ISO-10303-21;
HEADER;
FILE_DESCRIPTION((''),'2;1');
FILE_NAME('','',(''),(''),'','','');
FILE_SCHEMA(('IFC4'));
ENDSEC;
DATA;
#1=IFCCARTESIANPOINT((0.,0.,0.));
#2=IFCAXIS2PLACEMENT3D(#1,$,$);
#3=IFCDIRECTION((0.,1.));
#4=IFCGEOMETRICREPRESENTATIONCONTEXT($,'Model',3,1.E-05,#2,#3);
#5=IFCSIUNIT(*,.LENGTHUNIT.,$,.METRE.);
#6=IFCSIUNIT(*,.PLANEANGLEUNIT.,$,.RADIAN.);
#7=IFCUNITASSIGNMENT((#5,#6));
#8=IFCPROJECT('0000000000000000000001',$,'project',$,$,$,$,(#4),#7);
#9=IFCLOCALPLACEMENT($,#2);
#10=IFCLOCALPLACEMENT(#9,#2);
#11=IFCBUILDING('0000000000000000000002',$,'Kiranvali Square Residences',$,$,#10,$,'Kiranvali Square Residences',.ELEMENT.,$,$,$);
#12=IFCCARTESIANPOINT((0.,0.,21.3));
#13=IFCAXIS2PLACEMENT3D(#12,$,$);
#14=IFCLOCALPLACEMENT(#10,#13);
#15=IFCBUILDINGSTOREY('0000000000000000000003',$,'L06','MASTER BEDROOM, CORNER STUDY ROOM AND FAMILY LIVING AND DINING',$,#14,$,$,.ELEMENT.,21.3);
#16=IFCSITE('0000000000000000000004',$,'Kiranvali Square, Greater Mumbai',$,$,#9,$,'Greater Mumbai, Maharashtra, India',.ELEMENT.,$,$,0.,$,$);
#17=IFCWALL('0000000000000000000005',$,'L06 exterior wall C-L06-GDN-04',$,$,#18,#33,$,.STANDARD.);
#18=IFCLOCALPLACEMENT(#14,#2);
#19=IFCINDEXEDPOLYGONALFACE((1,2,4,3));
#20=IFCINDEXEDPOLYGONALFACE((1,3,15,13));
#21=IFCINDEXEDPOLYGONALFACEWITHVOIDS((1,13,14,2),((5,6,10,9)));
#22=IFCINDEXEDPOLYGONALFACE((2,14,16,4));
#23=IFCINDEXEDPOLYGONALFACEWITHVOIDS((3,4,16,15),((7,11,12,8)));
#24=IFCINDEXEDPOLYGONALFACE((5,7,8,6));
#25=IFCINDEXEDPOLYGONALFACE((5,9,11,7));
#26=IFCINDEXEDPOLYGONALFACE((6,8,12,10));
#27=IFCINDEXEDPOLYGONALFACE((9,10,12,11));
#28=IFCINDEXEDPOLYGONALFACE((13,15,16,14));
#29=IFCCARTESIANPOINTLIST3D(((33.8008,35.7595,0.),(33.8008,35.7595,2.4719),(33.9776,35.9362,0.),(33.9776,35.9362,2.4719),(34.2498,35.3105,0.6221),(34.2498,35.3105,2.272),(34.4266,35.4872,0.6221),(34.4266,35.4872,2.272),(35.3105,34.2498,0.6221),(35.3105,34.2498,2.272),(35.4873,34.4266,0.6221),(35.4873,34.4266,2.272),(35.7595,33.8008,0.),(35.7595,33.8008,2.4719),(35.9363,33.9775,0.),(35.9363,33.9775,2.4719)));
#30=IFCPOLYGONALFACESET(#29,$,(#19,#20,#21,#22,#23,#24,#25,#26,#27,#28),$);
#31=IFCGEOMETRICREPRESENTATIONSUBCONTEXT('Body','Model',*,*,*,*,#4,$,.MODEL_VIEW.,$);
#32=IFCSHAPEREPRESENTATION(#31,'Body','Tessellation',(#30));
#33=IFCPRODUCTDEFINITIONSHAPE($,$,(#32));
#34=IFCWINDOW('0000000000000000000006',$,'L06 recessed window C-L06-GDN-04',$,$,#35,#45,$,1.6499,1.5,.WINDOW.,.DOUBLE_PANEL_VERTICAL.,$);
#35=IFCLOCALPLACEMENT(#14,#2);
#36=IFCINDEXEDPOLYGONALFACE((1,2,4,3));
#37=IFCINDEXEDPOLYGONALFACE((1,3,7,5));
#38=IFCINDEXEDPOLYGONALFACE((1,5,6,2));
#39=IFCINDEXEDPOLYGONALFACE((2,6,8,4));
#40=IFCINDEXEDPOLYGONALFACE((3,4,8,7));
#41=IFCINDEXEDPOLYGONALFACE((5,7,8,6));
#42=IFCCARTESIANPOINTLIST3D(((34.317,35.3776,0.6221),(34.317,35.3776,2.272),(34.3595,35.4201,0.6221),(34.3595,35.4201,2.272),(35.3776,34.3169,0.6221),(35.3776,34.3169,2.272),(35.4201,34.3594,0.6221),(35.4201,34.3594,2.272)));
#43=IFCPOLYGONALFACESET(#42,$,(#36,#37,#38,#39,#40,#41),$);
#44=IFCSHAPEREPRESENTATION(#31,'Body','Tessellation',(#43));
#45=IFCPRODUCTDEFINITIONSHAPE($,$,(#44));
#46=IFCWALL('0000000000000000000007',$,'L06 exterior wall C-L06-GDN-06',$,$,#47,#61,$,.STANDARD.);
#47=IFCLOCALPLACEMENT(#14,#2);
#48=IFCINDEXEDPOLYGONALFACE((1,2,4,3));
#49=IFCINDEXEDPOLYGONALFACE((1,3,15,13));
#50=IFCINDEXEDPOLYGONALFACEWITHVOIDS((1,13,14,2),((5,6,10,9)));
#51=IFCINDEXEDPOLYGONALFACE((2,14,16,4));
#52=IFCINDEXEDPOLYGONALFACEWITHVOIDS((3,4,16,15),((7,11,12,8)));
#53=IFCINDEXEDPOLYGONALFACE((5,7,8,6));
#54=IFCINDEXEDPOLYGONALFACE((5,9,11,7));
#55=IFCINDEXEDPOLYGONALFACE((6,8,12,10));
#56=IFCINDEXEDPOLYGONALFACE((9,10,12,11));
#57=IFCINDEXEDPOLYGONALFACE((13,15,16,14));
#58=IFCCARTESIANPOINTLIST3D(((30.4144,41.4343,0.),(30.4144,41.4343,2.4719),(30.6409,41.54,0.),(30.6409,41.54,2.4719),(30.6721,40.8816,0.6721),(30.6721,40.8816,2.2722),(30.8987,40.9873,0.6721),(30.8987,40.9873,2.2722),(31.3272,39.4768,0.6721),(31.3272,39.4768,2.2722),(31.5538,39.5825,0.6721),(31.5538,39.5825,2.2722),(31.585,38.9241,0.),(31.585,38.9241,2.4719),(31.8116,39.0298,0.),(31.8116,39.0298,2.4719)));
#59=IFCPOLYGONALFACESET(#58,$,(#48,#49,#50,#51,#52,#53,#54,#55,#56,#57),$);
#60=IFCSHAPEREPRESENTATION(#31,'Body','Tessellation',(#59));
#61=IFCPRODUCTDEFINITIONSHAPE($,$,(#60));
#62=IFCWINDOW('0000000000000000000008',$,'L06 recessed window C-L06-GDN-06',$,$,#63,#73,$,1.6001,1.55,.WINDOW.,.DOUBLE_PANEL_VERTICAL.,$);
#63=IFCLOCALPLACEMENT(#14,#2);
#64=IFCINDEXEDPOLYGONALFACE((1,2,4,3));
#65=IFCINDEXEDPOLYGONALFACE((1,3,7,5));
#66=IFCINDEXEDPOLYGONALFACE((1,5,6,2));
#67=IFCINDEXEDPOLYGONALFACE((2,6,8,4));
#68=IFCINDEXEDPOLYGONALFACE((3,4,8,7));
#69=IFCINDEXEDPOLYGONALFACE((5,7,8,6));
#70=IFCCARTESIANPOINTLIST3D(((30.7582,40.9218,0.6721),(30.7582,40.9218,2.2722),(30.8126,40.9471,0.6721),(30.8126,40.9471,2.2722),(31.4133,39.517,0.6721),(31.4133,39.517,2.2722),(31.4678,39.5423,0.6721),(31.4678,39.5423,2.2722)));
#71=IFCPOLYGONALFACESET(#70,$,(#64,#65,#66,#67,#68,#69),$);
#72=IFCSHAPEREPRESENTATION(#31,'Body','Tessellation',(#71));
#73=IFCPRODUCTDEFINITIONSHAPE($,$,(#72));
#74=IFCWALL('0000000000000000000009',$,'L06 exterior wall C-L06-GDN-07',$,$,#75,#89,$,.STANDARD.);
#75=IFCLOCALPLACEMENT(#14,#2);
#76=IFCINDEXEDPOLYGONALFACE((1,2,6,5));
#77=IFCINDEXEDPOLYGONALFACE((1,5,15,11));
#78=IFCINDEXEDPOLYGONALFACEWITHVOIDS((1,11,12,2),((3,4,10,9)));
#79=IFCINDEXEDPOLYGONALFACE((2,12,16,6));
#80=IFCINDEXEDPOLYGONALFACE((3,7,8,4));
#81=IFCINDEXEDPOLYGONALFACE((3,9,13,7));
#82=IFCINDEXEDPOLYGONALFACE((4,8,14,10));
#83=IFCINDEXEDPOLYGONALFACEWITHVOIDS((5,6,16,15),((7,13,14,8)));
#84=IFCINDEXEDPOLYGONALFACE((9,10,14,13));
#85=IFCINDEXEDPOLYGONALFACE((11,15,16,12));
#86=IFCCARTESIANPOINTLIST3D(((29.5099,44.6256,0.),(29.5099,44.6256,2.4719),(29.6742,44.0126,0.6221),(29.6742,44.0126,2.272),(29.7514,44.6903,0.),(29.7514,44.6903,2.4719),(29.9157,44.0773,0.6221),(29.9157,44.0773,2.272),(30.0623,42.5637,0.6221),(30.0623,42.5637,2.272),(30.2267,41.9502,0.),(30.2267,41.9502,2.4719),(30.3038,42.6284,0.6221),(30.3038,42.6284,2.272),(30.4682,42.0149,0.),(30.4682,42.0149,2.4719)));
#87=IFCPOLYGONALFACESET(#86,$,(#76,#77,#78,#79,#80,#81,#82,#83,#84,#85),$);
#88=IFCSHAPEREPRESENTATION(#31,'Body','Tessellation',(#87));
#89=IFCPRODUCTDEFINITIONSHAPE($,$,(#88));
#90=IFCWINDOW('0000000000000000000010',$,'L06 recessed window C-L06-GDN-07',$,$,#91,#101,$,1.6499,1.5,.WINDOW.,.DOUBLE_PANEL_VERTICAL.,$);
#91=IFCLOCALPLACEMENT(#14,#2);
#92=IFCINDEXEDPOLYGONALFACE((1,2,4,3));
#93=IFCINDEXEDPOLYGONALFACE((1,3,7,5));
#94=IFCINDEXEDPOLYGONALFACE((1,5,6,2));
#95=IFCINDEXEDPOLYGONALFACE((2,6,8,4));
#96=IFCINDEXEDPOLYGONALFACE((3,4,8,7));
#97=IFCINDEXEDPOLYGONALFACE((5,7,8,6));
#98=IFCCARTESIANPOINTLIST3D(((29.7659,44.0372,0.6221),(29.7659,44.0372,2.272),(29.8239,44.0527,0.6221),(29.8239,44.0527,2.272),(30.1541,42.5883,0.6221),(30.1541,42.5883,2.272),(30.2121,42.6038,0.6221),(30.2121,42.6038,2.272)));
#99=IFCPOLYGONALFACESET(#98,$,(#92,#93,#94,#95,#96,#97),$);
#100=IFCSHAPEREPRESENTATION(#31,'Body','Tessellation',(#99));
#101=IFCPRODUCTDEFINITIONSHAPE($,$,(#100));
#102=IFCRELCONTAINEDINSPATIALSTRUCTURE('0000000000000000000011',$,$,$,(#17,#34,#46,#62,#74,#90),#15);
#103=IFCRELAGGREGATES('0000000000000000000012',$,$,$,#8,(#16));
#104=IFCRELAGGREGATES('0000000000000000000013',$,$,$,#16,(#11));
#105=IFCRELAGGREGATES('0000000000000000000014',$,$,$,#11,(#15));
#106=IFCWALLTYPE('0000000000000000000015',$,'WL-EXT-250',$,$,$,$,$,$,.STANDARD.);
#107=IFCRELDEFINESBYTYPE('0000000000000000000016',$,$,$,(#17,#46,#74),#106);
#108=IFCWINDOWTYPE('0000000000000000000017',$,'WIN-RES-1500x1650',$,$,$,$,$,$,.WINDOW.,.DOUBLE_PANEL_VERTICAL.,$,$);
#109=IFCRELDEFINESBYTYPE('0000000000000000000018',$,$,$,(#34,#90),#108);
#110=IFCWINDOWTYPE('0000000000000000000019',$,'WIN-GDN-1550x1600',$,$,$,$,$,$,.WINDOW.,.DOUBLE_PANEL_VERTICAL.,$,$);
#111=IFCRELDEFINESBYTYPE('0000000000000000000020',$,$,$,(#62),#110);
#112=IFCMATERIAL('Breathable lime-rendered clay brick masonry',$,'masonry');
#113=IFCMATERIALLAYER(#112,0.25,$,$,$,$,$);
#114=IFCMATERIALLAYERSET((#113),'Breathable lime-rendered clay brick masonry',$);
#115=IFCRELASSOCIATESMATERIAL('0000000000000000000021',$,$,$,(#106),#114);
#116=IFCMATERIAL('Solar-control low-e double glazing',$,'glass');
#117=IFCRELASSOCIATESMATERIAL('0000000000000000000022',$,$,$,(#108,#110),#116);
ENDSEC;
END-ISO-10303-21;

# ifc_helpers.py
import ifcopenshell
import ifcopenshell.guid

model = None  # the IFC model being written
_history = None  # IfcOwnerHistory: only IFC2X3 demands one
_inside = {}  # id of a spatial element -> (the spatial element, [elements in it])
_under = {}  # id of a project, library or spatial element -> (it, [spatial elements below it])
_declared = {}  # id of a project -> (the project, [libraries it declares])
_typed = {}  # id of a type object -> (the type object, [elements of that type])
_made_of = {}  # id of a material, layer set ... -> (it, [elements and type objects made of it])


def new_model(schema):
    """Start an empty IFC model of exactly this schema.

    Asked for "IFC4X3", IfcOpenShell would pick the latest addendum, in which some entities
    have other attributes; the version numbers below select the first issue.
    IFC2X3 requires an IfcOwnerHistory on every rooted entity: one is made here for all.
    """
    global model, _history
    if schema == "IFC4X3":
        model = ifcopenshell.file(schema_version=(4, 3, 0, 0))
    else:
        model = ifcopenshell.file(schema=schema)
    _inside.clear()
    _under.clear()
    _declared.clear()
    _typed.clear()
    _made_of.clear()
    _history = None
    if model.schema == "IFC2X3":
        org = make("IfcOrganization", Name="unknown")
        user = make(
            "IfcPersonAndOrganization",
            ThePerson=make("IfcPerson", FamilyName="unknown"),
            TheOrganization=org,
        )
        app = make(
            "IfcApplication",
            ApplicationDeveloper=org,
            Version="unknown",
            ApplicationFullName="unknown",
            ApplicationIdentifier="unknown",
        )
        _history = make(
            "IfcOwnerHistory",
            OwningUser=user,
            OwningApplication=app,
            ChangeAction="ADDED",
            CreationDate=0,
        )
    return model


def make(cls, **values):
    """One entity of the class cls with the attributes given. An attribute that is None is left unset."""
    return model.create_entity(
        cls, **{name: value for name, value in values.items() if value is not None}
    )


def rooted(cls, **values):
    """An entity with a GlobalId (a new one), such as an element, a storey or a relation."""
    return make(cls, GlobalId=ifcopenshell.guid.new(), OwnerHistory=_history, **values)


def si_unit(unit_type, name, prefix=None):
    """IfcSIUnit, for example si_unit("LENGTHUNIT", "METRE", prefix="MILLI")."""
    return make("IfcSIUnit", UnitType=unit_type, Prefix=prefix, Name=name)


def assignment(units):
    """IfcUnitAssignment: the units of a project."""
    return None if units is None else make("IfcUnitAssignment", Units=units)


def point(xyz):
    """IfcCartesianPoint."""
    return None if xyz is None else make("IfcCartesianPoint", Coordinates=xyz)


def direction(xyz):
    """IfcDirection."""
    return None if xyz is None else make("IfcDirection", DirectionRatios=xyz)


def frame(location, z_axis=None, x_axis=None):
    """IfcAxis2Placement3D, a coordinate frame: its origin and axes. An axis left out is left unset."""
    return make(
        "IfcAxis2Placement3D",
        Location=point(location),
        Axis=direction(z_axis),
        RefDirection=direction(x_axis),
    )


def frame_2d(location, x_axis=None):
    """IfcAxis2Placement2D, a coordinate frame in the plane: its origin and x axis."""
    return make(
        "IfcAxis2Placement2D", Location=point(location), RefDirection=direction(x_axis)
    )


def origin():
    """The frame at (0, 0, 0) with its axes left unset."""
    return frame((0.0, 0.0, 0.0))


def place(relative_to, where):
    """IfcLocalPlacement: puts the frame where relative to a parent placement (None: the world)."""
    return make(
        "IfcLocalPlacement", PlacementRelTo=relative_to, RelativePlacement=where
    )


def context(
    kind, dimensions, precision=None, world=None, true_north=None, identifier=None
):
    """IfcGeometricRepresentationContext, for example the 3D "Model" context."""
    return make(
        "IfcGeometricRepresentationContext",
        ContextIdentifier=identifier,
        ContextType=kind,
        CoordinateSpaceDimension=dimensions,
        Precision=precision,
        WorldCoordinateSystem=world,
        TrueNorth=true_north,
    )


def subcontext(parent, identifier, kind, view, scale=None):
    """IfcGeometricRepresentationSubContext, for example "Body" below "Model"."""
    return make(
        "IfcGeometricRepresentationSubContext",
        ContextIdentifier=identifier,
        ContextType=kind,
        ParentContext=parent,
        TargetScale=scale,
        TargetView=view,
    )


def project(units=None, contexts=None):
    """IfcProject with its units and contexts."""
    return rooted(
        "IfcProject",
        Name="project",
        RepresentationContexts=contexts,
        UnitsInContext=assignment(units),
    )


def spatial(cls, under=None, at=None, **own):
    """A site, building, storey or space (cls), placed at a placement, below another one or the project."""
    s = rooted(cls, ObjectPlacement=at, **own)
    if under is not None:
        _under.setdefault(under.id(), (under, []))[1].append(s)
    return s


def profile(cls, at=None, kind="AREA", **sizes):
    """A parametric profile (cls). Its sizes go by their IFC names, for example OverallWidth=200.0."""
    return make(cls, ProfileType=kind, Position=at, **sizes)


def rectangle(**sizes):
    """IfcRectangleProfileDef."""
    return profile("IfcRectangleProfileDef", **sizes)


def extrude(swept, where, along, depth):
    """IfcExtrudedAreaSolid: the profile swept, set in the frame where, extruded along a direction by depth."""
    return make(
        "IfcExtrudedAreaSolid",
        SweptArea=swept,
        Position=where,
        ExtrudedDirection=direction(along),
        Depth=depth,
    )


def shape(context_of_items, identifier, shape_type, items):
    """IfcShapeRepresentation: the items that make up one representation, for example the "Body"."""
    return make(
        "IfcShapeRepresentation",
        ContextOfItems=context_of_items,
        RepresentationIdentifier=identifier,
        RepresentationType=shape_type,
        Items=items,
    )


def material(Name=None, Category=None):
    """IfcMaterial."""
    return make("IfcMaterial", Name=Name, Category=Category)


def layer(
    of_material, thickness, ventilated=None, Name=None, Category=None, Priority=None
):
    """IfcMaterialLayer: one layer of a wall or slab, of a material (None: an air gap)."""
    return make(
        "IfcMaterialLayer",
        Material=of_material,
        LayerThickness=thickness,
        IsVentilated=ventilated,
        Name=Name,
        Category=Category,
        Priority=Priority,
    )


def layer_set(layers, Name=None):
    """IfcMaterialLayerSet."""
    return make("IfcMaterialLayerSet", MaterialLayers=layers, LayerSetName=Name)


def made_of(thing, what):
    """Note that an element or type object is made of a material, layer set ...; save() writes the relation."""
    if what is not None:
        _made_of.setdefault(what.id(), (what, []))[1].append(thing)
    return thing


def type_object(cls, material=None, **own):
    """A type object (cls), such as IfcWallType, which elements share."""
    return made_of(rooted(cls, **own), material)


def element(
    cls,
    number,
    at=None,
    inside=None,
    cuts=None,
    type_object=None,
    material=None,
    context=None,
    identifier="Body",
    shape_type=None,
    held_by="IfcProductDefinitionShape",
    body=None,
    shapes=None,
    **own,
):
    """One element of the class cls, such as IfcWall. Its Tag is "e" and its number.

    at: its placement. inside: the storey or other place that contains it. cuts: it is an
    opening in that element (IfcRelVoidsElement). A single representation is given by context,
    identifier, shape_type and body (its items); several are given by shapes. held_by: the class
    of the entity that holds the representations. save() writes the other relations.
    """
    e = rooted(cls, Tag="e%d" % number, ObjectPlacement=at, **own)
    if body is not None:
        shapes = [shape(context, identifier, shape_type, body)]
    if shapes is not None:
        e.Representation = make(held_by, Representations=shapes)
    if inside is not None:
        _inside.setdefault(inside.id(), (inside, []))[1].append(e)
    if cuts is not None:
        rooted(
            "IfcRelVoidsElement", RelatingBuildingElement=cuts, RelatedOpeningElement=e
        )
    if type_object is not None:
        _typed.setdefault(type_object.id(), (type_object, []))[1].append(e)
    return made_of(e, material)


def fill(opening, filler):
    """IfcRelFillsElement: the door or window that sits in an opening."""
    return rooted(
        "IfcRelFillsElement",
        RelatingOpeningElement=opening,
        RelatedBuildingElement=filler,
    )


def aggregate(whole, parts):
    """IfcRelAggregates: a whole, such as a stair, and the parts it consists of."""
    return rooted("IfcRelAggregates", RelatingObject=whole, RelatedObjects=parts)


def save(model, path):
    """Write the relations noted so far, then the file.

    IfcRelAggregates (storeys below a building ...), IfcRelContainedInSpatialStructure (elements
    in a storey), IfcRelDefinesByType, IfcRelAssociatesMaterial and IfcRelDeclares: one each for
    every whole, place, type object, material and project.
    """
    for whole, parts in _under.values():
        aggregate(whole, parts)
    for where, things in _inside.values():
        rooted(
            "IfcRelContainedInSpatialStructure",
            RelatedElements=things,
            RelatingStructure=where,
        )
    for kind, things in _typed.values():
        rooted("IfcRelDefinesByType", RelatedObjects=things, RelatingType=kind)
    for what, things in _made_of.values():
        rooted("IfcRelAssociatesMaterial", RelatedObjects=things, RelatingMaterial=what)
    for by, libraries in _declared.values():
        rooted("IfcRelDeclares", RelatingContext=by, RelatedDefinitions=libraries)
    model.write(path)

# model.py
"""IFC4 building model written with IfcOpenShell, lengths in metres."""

from ifc_helpers import new_model, si_unit, direction, frame, frame_2d, origin, place, context, subcontext, project, spatial, rectangle, extrude, material, layer, layer_set, type_object, element, fill, save


model = new_model("IFC4")

# Units and contexts
model_context = context("Model", 3, precision=1e-05, world=origin(), true_north=direction((0.0, 1.0)))
body_context = subcontext(model_context, "Body", "Model", "MODEL_VIEW")
ifc_project = project(units=[si_unit("LENGTHUNIT", "METRE"), si_unit("PLANEANGLEUNIT", "RADIAN")], contexts=[model_context])

# Site, building, storey
site_placement = place(None, origin())
site = spatial("IfcSite", under=ifc_project, at=site_placement, Name="Kiranvali Square, Greater Mumbai", LongName="Greater Mumbai, Maharashtra, India", CompositionType="ELEMENT", RefElevation=0.0)
building_placement = place(site_placement, origin())
building = spatial("IfcBuilding", under=site, at=building_placement, Name="Kiranvali Square Residences", LongName="Kiranvali Square Residences", CompositionType="ELEMENT")
storey_placement = place(building_placement, frame((0.0, 0.0, 21.3)))
storey = spatial("IfcBuildingStorey", under=building, at=storey_placement, Name="L06", Description="MASTER BEDROOM, CORNER STUDY ROOM AND FAMILY LIVING AND DINING", CompositionType="ELEMENT", Elevation=21.3)

# Wall, opening, window
ifc_material_1 = material(Name="Breathable lime-rendered clay brick masonry", Category="masonry")
ifc_layer_1 = layer(ifc_material_1, 0.25)
ifc_layer_set_1 = layer_set([ifc_layer_1], Name="Breathable lime-rendered clay brick masonry")
wall_type_1 = type_object("IfcWallType", Name="WL-EXT-250", PredefinedType="STANDARD", material=ifc_layer_set_1)
wall_1_placement = place(storey_placement, frame((35.8479, 33.8892, 0.0), z_axis=(0.0, 0.0, 1.0), x_axis=(-0.707107, 0.707107, 0.0)))
wall_1 = element("IfcWall", 1, at=wall_1_placement, inside=storey, type_object=wall_type_1, Name="L06 exterior wall C-L06-GDN-04", PredefinedType="STANDARD", context=body_context, shape_type="SweptSolid", body=[
    extrude(rectangle(XDim=2.77, YDim=0.25, at=frame_2d((1.385, 0.0))), origin(), (0.0, 0.0, 1.0), 2.4719),
])
opening_1_placement = place(wall_1_placement, frame((0.635, 0.0, 0.6221)))
opening_1 = element("IfcOpeningElement", 2, at=opening_1_placement, cuts=wall_1, PredefinedType="OPENING", context=body_context, shape_type="SweptSolid", body=[
    extrude(rectangle(XDim=1.5, YDim=1.6499, at=frame_2d((0.75, 0.825))), frame((0.0, 0.135, 0.0), z_axis=(0.0, -1.0, 0.0), x_axis=(1.0, 0.0, 0.0)), (0.0, 0.0, 1.0), 0.27),
])
ifc_material_2 = material(Name="Solar-control low-e double glazing", Category="glass")
window_type_1 = type_object("IfcWindowType", Name="WIN-RES-1500x1650", PartitioningType="DOUBLE_PANEL_VERTICAL", PredefinedType="WINDOW", material=ifc_material_2)
window_1_placement = place(opening_1_placement, origin())
window_1 = element("IfcWindow", 3, at=window_1_placement, inside=storey, type_object=window_type_1, Name="L06 recessed window C-L06-GDN-04", OverallHeight=1.6499, OverallWidth=1.5, PartitioningType="DOUBLE_PANEL_VERTICAL", PredefinedType="WINDOW", context=body_context, shape_type="SweptSolid", body=[
    extrude(rectangle(XDim=1.5, YDim=1.6499, at=frame_2d((0.75, 0.825))), frame((0.0, 0.03, 0.0), z_axis=(0.0, -1.0, 0.0), x_axis=(1.0, 0.0, 0.0)), (0.0, 0.0, 1.0), 0.0601),
])
fill(opening_1, window_1)

# Walls, openings, windows
wall_2_placement = place(storey_placement, frame((31.6982, 38.9771, 0.0), z_axis=(0.0, 0.0, 1.0), x_axis=(-0.422649, 0.906293, 0.0)))
wall_2 = element("IfcWall", 4, at=wall_2_placement, inside=storey, type_object=wall_type_1, Name="L06 exterior wall C-L06-GDN-06", PredefinedType="STANDARD", context=body_context, shape_type="SweptSolid", body=[
    extrude(rectangle(XDim=2.7698, YDim=0.25, at=frame_2d((1.3848, 0.0))), origin(), (0.0, 0.0, 1.0), 2.4719),
])
opening_2_placement = place(wall_2_placement, frame((0.6099, 0.0, 0.6721)))
opening_2 = element("IfcOpeningElement", 5, at=opening_2_placement, cuts=wall_2, PredefinedType="OPENING", context=body_context, shape_type="SweptSolid", body=[
    extrude(rectangle(XDim=1.55, YDim=1.6001, at=frame_2d((0.7749, 0.8))), frame((0.0, 0.135, 0.0), z_axis=(0.0, -1.0, 0.0), x_axis=(1.0, 0.0, 0.0)), (0.0, 0.0, 1.0), 0.27),
])
window_type_2 = type_object("IfcWindowType", Name="WIN-GDN-1550x1600", PartitioningType="DOUBLE_PANEL_VERTICAL", PredefinedType="WINDOW", material=ifc_material_2)
window_2_placement = place(opening_2_placement, origin())
window_2 = element("IfcWindow", 6, at=window_2_placement, inside=storey, type_object=window_type_2, Name="L06 recessed window C-L06-GDN-06", OverallHeight=1.6001, OverallWidth=1.55, PartitioningType="DOUBLE_PANEL_VERTICAL", PredefinedType="WINDOW", context=body_context, shape_type="SweptSolid", body=[
    extrude(rectangle(XDim=1.55, YDim=1.6001, at=frame_2d((0.7749, 0.8))), frame((0.0, 0.03, 0.0), z_axis=(0.0, -1.0, 0.0), x_axis=(1.0, 0.0, 0.0)), (0.0, 0.0, 1.0), 0.0601),
])
fill(opening_2, window_2)
wall_3_placement = place(storey_placement, frame((30.3474, 41.9827, 0.0), z_axis=(0.0, 0.0, 1.0), x_axis=(-0.258782, 0.965936, 0.0)))
wall_3 = element("IfcWall", 7, at=wall_3_placement, inside=storey, type_object=wall_type_1, Name="L06 exterior wall C-L06-GDN-07", PredefinedType="STANDARD", context=body_context, shape_type="SweptSolid", body=[
    extrude(rectangle(XDim=2.7698, YDim=0.25, at=frame_2d((1.3848, 0.0))), origin(), (0.0, 0.0, 1.0), 2.4719),
])
opening_3_placement = place(wall_3_placement, frame((0.635, 0.0, 0.6221)))
opening_3 = element("IfcOpeningElement", 8, at=opening_3_placement, cuts=wall_3, PredefinedType="OPENING", context=body_context, shape_type="SweptSolid", body=[
    extrude(rectangle(XDim=1.5, YDim=1.6499, at=frame_2d((0.75, 0.825))), frame((0.0, 0.135, 0.0), z_axis=(0.0, -1.0, 0.0), x_axis=(1.0, 0.0, 0.0)), (0.0, 0.0, 1.0), 0.27),
])
window_3_placement = place(opening_3_placement, origin())
window_3 = element("IfcWindow", 9, at=window_3_placement, inside=storey, type_object=window_type_1, Name="L06 recessed window C-L06-GDN-07", OverallHeight=1.6499, OverallWidth=1.5, PartitioningType="DOUBLE_PANEL_VERTICAL", PredefinedType="WINDOW", context=body_context, shape_type="SweptSolid", body=[
    extrude(rectangle(XDim=1.5, YDim=1.6499, at=frame_2d((0.75, 0.825))), frame((0.0, 0.03, 0.0), z_axis=(0.0, -1.0, 0.0), x_axis=(1.0, 0.0, 0.0)), (0.0, 0.0, 1.0), 0.0601),
])
fill(opening_3, window_3)

save(model, "model.ifc")
